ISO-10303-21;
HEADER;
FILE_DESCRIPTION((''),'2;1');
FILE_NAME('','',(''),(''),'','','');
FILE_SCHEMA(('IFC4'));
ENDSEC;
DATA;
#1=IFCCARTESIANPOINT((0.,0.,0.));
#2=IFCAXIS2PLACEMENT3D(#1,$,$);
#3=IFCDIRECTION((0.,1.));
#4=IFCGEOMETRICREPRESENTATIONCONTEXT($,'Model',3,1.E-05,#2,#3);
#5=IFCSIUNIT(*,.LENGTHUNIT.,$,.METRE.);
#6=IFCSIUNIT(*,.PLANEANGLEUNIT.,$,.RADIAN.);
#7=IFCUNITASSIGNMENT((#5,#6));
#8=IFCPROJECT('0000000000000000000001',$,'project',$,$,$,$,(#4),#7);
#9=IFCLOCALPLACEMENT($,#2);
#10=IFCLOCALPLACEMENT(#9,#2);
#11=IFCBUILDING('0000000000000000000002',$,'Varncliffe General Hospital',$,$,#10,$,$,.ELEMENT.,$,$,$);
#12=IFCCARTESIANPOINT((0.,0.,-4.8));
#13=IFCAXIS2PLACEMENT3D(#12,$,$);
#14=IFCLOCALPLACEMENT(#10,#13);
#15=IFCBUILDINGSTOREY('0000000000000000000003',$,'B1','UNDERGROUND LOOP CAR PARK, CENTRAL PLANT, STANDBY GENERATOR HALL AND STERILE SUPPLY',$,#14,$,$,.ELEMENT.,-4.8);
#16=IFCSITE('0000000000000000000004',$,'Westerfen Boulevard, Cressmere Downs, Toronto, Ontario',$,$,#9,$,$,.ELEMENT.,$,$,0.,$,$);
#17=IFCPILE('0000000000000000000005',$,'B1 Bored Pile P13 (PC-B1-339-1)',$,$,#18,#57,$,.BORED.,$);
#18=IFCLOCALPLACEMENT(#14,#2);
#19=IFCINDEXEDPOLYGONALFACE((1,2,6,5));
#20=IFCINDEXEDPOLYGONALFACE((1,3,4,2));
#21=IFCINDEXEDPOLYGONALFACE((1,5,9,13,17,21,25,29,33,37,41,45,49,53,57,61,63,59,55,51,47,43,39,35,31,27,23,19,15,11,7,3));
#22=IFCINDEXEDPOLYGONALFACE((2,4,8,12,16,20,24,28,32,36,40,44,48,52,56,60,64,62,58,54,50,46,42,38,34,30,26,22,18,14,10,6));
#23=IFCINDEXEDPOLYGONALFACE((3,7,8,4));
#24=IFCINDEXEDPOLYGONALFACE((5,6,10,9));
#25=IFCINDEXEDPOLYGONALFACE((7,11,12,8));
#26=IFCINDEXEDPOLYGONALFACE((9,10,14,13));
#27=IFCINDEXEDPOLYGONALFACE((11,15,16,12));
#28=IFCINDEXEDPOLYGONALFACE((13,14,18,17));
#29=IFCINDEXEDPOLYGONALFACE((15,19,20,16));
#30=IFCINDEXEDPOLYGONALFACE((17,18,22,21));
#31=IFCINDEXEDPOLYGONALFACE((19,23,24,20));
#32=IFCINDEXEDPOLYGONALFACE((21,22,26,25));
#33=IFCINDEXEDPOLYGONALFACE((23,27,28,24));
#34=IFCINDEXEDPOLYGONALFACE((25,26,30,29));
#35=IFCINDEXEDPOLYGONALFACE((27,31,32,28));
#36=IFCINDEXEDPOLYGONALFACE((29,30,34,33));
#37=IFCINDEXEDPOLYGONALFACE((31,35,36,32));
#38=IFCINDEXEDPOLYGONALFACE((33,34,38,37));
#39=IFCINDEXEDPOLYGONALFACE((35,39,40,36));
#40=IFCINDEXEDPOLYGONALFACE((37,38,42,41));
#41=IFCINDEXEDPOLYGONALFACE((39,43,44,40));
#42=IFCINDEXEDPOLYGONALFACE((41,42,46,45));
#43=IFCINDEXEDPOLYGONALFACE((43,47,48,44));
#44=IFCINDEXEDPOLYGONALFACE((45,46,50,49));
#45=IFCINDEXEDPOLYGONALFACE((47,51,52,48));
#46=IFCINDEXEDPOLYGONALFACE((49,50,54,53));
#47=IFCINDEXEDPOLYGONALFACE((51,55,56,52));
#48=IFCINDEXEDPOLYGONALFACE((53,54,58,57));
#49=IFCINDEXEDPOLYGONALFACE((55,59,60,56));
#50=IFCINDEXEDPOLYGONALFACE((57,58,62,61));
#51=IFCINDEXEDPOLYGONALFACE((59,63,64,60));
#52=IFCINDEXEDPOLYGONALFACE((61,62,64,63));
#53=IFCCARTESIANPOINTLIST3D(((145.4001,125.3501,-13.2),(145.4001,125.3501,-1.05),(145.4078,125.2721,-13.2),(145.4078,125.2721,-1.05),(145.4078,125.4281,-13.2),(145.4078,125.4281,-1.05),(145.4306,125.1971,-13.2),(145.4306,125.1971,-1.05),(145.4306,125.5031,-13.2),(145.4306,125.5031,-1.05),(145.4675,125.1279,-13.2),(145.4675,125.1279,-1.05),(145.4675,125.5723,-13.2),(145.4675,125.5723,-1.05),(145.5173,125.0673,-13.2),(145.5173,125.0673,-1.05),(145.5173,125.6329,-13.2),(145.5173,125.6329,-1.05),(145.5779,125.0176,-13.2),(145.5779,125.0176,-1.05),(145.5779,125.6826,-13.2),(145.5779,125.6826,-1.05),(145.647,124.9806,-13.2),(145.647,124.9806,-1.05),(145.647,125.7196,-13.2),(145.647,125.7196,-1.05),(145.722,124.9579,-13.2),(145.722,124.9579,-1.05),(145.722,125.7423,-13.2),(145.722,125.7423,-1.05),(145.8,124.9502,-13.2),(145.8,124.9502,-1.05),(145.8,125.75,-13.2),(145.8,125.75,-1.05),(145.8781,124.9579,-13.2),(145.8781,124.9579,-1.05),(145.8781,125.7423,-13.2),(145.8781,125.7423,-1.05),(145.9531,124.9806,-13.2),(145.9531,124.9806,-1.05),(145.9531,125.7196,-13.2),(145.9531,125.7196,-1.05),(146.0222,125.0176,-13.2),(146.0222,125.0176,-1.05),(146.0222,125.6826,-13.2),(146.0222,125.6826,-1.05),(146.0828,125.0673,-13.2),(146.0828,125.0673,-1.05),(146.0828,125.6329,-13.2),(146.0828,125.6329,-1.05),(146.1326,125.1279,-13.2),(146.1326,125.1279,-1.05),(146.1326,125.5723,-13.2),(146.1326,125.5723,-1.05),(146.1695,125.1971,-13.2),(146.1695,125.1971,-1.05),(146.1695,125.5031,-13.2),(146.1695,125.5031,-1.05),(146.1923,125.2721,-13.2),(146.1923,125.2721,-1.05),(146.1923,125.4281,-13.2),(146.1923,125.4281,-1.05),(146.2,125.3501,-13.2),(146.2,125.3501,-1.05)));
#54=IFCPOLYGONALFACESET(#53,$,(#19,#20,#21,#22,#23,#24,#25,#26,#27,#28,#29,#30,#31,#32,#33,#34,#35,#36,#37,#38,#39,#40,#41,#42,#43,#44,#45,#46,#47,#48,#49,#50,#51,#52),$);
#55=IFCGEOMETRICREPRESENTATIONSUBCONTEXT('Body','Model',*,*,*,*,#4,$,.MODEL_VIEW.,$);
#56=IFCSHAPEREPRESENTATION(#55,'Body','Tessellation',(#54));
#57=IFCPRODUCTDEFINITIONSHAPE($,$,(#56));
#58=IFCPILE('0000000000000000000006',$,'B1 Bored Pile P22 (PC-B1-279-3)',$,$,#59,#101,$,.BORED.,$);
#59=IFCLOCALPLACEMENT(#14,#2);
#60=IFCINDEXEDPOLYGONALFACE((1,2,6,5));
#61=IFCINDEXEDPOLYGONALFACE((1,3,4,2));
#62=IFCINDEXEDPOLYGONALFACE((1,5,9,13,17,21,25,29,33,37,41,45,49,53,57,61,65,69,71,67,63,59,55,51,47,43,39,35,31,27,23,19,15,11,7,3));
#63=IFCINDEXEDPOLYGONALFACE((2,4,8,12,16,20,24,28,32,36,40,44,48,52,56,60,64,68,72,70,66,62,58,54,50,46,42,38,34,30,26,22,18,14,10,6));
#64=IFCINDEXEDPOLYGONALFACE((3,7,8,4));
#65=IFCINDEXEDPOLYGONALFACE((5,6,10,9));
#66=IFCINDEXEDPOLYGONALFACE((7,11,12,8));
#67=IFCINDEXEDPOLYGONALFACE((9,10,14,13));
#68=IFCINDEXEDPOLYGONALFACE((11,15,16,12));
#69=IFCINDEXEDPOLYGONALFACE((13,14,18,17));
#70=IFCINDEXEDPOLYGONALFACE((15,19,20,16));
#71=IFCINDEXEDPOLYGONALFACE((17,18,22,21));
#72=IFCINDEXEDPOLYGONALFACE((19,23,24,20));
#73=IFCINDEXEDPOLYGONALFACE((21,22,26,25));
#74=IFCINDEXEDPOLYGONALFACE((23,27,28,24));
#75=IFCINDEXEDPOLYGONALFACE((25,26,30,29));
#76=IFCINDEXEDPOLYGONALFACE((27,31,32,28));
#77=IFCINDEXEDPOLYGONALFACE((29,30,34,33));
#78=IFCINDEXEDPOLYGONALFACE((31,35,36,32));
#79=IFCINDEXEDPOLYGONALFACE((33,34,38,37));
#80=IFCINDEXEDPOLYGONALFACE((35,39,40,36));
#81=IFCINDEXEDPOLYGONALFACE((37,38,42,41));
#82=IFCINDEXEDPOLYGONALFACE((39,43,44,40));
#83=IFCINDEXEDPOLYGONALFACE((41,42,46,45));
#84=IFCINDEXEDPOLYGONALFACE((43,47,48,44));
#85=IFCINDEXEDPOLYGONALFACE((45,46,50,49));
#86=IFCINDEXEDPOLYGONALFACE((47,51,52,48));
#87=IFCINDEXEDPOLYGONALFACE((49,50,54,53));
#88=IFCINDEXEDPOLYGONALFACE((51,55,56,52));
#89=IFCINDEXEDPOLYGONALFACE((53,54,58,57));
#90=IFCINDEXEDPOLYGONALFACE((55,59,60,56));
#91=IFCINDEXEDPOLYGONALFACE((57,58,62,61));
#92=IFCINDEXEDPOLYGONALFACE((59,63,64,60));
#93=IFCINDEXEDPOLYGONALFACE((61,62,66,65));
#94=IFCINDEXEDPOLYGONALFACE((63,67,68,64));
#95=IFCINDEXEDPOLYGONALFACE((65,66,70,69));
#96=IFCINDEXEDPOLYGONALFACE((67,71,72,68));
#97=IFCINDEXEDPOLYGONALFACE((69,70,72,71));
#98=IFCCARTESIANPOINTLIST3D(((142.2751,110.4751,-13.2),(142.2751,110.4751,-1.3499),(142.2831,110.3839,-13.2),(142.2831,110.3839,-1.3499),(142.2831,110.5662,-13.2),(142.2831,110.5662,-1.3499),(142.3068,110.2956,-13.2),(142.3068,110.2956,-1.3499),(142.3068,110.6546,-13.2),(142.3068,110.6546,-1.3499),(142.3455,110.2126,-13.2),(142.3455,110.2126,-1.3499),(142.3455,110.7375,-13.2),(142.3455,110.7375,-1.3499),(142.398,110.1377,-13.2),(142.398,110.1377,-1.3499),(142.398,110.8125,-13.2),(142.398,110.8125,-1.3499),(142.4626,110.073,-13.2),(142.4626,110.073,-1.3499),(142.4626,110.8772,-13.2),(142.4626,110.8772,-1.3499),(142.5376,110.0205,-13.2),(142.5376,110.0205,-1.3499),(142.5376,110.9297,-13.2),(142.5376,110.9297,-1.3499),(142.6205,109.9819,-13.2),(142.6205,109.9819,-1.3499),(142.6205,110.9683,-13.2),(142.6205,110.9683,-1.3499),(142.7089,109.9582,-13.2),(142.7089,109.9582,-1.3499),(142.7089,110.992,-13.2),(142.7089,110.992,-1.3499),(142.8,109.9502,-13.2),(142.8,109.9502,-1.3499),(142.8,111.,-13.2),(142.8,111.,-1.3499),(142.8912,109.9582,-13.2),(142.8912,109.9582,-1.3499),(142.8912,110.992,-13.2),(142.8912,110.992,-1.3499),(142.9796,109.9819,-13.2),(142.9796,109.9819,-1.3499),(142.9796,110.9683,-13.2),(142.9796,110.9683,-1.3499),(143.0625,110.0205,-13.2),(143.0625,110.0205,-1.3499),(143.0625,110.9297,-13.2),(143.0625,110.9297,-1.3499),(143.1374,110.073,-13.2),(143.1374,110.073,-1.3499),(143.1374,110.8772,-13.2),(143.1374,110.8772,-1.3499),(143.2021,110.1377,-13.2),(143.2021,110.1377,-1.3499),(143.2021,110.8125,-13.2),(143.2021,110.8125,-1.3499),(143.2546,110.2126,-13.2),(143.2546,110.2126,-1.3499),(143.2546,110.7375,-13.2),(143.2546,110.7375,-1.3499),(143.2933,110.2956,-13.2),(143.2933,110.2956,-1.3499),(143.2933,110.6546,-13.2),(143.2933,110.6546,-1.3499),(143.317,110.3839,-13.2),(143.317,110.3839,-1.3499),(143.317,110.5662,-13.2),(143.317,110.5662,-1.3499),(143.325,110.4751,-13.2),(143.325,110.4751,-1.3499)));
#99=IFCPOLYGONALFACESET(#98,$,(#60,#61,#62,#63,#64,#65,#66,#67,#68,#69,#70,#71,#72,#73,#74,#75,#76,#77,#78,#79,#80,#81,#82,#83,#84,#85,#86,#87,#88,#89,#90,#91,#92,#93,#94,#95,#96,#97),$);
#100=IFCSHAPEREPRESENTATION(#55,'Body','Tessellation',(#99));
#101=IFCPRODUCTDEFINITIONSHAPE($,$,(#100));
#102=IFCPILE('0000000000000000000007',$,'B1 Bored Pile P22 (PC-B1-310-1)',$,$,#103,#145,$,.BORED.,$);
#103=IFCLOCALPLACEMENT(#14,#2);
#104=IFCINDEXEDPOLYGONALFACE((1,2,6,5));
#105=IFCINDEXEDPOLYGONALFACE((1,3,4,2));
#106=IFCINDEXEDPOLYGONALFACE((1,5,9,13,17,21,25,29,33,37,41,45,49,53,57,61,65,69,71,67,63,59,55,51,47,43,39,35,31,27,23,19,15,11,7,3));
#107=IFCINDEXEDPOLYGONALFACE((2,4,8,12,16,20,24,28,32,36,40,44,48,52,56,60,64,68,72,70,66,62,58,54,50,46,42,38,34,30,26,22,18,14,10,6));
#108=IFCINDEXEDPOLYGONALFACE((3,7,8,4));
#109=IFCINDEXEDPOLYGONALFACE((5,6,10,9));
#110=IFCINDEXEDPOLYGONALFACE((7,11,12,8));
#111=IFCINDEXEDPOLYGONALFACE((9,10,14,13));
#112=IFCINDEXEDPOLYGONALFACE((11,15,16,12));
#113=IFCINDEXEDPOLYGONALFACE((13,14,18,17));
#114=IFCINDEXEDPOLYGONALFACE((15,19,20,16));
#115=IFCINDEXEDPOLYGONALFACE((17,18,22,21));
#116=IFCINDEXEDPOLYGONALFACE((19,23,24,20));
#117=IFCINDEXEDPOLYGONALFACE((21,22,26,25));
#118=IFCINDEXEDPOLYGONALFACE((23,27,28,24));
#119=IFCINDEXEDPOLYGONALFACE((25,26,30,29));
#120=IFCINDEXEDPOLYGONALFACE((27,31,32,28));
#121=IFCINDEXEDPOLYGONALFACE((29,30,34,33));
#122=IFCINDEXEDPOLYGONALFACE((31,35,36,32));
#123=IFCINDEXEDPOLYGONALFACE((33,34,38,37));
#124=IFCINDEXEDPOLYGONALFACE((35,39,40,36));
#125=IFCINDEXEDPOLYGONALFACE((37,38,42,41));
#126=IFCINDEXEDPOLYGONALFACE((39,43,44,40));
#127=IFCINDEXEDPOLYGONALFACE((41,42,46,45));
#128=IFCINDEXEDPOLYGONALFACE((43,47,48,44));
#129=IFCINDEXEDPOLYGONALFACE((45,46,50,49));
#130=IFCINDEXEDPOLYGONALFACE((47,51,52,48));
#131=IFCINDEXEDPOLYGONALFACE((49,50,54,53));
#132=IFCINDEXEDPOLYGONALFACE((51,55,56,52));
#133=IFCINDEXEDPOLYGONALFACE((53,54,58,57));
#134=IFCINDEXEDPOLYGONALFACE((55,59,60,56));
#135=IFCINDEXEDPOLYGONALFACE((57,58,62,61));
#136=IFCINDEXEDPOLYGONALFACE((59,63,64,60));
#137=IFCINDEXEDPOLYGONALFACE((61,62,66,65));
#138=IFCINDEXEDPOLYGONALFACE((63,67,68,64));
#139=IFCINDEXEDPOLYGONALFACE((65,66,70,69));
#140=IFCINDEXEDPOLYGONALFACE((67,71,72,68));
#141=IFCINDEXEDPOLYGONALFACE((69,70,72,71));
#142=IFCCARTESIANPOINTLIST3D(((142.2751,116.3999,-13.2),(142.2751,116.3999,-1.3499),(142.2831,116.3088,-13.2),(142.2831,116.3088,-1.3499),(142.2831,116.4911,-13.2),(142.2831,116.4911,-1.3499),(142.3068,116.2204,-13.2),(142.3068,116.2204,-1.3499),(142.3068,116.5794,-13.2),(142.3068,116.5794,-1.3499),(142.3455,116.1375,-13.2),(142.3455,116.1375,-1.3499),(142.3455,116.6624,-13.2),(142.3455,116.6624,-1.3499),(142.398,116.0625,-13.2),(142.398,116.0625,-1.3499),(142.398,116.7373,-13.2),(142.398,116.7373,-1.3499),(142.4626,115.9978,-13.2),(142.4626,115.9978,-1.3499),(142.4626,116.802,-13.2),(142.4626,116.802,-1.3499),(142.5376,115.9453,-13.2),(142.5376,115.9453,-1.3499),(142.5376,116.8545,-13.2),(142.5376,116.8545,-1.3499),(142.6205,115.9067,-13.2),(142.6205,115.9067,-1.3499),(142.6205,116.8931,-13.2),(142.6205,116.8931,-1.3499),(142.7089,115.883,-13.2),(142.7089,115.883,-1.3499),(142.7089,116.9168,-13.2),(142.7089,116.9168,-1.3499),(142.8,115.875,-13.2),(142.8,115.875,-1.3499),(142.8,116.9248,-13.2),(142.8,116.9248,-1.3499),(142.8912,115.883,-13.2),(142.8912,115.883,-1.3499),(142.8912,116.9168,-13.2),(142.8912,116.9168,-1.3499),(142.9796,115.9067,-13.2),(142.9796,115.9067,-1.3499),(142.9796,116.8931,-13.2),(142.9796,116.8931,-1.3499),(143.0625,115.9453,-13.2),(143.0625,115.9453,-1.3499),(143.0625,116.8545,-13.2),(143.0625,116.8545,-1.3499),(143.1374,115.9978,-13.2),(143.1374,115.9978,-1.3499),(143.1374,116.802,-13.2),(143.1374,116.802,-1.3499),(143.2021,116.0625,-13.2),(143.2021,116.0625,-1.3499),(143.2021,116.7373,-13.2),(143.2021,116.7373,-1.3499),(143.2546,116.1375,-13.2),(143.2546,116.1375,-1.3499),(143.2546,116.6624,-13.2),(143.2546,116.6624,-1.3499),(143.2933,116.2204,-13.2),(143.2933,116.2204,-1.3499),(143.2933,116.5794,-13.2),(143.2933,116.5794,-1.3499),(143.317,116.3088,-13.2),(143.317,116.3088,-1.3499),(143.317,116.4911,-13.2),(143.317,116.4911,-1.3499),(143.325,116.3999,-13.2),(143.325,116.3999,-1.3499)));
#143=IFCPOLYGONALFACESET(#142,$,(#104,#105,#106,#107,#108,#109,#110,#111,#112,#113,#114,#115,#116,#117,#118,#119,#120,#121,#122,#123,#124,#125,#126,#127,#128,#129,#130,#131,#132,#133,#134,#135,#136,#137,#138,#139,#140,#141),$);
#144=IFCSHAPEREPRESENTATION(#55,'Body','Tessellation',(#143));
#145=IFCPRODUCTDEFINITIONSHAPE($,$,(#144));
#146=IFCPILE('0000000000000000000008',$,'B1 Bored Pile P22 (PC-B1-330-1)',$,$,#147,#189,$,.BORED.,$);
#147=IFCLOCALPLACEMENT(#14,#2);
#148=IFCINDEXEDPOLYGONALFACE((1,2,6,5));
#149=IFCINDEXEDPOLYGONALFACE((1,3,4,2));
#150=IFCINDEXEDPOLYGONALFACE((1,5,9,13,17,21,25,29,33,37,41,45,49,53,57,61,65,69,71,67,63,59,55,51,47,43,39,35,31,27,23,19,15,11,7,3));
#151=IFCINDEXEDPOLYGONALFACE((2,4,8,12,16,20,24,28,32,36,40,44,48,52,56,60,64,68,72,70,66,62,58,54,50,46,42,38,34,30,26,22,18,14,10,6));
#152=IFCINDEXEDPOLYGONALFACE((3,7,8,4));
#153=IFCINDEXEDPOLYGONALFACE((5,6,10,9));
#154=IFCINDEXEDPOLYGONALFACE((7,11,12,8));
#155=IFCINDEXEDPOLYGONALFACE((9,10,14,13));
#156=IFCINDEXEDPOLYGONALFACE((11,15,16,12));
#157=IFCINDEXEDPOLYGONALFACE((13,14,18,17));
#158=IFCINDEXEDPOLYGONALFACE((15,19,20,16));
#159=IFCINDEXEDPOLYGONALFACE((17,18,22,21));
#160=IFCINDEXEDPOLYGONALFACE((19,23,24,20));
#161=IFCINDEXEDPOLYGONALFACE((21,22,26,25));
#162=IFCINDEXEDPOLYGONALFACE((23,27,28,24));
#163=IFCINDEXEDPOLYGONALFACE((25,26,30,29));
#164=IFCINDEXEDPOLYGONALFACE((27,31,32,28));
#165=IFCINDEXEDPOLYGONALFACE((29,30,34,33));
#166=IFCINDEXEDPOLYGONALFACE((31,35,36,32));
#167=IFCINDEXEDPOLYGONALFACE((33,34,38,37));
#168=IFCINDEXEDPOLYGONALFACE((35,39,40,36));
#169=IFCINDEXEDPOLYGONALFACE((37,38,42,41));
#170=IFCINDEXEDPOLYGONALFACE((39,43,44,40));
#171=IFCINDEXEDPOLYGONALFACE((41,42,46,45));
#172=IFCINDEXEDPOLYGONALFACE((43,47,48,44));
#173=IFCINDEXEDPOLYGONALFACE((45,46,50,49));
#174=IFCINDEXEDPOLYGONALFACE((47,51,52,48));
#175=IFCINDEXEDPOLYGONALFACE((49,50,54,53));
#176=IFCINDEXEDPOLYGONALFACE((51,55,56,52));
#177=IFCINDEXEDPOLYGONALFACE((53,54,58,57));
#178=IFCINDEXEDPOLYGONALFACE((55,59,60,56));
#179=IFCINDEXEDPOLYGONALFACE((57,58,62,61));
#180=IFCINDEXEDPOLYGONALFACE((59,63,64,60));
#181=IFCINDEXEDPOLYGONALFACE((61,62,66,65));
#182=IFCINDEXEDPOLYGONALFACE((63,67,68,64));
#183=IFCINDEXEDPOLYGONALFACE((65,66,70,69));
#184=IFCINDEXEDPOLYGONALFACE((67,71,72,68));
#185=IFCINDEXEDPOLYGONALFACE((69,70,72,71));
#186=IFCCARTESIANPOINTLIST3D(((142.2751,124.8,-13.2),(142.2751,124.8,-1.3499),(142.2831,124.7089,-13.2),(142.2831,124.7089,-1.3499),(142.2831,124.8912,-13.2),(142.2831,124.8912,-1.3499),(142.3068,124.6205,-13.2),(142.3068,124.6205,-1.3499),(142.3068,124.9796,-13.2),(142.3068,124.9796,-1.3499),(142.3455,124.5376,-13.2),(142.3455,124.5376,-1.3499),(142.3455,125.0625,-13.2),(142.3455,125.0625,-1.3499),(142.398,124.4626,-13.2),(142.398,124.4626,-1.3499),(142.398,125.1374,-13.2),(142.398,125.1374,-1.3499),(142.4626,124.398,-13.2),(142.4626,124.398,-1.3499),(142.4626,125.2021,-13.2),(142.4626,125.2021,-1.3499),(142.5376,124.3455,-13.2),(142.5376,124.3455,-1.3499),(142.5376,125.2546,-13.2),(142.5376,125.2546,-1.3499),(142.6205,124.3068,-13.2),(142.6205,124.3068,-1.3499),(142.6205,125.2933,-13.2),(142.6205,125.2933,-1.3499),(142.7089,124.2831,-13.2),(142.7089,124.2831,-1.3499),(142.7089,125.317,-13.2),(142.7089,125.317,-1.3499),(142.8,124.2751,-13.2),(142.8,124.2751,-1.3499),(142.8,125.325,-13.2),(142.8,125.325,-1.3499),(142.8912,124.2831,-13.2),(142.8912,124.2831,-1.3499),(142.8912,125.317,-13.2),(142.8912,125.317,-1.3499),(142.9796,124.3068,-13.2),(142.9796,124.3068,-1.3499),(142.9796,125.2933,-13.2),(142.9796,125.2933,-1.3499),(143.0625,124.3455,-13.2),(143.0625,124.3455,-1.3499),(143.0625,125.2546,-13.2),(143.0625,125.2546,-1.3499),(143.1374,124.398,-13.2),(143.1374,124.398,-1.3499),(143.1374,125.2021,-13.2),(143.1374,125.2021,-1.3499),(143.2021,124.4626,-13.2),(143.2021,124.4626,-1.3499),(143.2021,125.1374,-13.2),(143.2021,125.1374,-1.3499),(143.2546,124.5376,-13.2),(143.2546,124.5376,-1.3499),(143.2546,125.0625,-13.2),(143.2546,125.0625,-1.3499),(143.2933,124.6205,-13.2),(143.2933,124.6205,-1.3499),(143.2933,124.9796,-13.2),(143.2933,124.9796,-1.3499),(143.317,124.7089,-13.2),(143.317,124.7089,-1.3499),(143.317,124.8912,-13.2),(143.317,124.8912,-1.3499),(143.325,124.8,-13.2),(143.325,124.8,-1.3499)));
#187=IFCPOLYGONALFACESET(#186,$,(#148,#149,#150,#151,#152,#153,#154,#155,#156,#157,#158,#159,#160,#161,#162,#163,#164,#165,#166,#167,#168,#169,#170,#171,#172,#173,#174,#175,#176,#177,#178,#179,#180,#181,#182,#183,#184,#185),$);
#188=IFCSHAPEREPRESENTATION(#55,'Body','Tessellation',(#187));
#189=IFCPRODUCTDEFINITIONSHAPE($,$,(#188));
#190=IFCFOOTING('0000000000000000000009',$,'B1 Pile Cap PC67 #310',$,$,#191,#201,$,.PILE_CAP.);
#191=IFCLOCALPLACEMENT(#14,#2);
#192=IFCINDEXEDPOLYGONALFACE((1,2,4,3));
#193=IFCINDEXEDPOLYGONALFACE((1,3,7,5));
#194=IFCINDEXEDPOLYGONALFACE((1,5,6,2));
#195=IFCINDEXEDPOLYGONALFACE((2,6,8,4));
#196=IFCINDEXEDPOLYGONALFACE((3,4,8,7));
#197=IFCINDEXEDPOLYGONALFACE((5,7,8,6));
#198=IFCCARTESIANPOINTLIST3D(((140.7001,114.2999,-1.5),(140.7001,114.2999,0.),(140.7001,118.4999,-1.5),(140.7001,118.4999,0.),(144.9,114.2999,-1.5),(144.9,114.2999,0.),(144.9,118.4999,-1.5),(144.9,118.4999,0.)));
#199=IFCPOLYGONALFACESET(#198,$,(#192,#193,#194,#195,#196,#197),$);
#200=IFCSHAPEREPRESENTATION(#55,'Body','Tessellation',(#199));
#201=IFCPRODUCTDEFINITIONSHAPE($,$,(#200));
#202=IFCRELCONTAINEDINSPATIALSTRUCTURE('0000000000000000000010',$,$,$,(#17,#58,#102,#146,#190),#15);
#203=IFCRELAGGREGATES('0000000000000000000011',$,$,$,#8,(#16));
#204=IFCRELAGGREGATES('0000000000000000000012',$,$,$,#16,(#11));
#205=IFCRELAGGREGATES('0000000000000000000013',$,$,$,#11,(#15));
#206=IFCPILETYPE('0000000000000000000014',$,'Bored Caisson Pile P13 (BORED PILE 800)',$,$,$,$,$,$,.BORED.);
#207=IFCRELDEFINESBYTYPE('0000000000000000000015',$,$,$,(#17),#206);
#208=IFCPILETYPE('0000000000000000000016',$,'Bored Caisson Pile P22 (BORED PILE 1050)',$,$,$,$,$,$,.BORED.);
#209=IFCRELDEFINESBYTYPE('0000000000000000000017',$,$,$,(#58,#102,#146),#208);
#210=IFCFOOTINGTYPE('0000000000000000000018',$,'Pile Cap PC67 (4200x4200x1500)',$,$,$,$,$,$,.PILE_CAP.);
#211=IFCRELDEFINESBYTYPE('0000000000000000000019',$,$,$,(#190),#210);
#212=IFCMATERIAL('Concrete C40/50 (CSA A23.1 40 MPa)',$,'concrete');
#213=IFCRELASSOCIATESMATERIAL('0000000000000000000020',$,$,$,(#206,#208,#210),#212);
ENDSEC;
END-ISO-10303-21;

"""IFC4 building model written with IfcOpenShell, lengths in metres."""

from ifc_helpers import new_model, si_unit, direction, frame, origin, origin_2d, place, context, subcontext, project, spatial, rectangle, circle, extrude, material, material_profile, profile_set, type_object, element, save


model = new_model("IFC4")

# Units and contexts
model_context = context("Model", 3, precision=1e-05, world=origin(), true_north=direction((0.0, 1.0)))
body_context = subcontext(model_context, "Body", "Model", "MODEL_VIEW")
ifc_project = project(units=[si_unit("LENGTHUNIT", "METRE"), si_unit("PLANEANGLEUNIT", "RADIAN")], contexts=[model_context])

# Site, building, storey
site_placement = place(None, origin())
site = spatial("IfcSite", under=ifc_project, at=site_placement, Name="Westerfen Boulevard, Cressmere Downs, Toronto, Ontario", CompositionType="ELEMENT", RefElevation=0.0)
building_placement = place(site_placement, origin())
building = spatial("IfcBuilding", under=site, at=building_placement, Name="Varncliffe General Hospital", CompositionType="ELEMENT")
storey_placement = place(building_placement, frame((0.0, 0.0, -4.8)))
storey = spatial("IfcBuildingStorey", under=building, at=storey_placement, Name="B1", Description="UNDERGROUND LOOP CAR PARK, CENTRAL PLANT, STANDBY GENERATOR HALL AND STERILE SUPPLY", CompositionType="ELEMENT", Elevation=-4.8)

# Piles
ifc_material_1 = material(Name="Concrete C40/50 (CSA A23.1 40 MPa)", Category="concrete")
ifc_material_profile_1 = material_profile(ifc_material_1, circle(Radius=0.3999, at=origin_2d()), Name="BORED PILE 800")
ifc_profile_set_1 = profile_set([ifc_material_profile_1], Name="Concrete C40/50 (CSA A23.1 40 MPa)")
pile_type_1 = type_object("IfcPileType", Name="Bored Caisson Pile P13 (BORED PILE 800)", PredefinedType="BORED", material=ifc_profile_set_1)
pile_placement = place(storey_placement, frame((145.8, 125.3501, -1.05), z_axis=(0.0, 0.0, -1.0), x_axis=(1.0, 0.0, 0.0)))
element("IfcPile", 1, at=pile_placement, inside=storey, type_object=pile_type_1, Name="B1 Bored Pile P13 (PC-B1-339-1)", PredefinedType="BORED", context=body_context, shape_type="SweptSolid", body=[
    extrude(circle(Radius=0.3999, at=origin_2d()), origin(), (0.0, 0.0, 1.0), 12.1499),
])
ifc_material_profile_2 = material_profile(ifc_material_1, circle(Radius=0.5249, at=origin_2d()), Name="BORED PILE 1050")
ifc_profile_set_2 = profile_set([ifc_material_profile_2], Name="Concrete C40/50 (CSA A23.1 40 MPa)")
pile_type_2 = type_object("IfcPileType", Name="Bored Caisson Pile P22 (BORED PILE 1050)", PredefinedType="BORED", material=ifc_profile_set_2)
for number, where, z_axis, x_axis, name in (
    (2, (142.8, 110.4751, -1.3499), (0.0, 0.0, -1.0), (1.0, 0.0, 0.0), "B1 Bored Pile P22 (PC-B1-279-3)"),
    (3, (142.8, 116.3999, -1.3499), (0.0, 0.0, -1.0), (1.0, 0.0, 0.0), "B1 Bored Pile P22 (PC-B1-310-1)"),
    (4, (142.8, 124.8, -1.3499), (0.0, 0.0, -1.0), (1.0, 0.0, 0.0), "B1 Bored Pile P22 (PC-B1-330-1)"),
):
    element("IfcPile", number, at=place(storey_placement, frame(where, z_axis=z_axis, x_axis=x_axis)), inside=storey, type_object=pile_type_2, Name=name, PredefinedType="BORED", context=body_context, shape_type="SweptSolid", body=[
        extrude(circle(Radius=0.5249, at=origin_2d()), origin(), (0.0, 0.0, 1.0), 11.8501),
    ])

# Footing
footing_type_1 = type_object("IfcFootingType", Name="Pile Cap PC67 (4200x4200x1500)", PredefinedType="PILE_CAP", material=ifc_material_1)
for number, where, z_axis, x_axis, name in (
    (5, (142.8, 116.3999, -1.5), (0.0, 0.0, 1.0), (1.0, 0.0, 0.0), "B1 Pile Cap PC67 #310"),
):
    element("IfcFooting", number, at=place(storey_placement, frame(where, z_axis=z_axis, x_axis=x_axis)), inside=storey, type_object=footing_type_1, Name=name, PredefinedType="PILE_CAP", context=body_context, shape_type="SweptSolid", body=[
        extrude(rectangle(XDim=4.2, YDim=4.2, at=origin_2d()), origin(), (0.0, 0.0, 1.0), 1.5),
    ])

save(model, "model.ifc")
